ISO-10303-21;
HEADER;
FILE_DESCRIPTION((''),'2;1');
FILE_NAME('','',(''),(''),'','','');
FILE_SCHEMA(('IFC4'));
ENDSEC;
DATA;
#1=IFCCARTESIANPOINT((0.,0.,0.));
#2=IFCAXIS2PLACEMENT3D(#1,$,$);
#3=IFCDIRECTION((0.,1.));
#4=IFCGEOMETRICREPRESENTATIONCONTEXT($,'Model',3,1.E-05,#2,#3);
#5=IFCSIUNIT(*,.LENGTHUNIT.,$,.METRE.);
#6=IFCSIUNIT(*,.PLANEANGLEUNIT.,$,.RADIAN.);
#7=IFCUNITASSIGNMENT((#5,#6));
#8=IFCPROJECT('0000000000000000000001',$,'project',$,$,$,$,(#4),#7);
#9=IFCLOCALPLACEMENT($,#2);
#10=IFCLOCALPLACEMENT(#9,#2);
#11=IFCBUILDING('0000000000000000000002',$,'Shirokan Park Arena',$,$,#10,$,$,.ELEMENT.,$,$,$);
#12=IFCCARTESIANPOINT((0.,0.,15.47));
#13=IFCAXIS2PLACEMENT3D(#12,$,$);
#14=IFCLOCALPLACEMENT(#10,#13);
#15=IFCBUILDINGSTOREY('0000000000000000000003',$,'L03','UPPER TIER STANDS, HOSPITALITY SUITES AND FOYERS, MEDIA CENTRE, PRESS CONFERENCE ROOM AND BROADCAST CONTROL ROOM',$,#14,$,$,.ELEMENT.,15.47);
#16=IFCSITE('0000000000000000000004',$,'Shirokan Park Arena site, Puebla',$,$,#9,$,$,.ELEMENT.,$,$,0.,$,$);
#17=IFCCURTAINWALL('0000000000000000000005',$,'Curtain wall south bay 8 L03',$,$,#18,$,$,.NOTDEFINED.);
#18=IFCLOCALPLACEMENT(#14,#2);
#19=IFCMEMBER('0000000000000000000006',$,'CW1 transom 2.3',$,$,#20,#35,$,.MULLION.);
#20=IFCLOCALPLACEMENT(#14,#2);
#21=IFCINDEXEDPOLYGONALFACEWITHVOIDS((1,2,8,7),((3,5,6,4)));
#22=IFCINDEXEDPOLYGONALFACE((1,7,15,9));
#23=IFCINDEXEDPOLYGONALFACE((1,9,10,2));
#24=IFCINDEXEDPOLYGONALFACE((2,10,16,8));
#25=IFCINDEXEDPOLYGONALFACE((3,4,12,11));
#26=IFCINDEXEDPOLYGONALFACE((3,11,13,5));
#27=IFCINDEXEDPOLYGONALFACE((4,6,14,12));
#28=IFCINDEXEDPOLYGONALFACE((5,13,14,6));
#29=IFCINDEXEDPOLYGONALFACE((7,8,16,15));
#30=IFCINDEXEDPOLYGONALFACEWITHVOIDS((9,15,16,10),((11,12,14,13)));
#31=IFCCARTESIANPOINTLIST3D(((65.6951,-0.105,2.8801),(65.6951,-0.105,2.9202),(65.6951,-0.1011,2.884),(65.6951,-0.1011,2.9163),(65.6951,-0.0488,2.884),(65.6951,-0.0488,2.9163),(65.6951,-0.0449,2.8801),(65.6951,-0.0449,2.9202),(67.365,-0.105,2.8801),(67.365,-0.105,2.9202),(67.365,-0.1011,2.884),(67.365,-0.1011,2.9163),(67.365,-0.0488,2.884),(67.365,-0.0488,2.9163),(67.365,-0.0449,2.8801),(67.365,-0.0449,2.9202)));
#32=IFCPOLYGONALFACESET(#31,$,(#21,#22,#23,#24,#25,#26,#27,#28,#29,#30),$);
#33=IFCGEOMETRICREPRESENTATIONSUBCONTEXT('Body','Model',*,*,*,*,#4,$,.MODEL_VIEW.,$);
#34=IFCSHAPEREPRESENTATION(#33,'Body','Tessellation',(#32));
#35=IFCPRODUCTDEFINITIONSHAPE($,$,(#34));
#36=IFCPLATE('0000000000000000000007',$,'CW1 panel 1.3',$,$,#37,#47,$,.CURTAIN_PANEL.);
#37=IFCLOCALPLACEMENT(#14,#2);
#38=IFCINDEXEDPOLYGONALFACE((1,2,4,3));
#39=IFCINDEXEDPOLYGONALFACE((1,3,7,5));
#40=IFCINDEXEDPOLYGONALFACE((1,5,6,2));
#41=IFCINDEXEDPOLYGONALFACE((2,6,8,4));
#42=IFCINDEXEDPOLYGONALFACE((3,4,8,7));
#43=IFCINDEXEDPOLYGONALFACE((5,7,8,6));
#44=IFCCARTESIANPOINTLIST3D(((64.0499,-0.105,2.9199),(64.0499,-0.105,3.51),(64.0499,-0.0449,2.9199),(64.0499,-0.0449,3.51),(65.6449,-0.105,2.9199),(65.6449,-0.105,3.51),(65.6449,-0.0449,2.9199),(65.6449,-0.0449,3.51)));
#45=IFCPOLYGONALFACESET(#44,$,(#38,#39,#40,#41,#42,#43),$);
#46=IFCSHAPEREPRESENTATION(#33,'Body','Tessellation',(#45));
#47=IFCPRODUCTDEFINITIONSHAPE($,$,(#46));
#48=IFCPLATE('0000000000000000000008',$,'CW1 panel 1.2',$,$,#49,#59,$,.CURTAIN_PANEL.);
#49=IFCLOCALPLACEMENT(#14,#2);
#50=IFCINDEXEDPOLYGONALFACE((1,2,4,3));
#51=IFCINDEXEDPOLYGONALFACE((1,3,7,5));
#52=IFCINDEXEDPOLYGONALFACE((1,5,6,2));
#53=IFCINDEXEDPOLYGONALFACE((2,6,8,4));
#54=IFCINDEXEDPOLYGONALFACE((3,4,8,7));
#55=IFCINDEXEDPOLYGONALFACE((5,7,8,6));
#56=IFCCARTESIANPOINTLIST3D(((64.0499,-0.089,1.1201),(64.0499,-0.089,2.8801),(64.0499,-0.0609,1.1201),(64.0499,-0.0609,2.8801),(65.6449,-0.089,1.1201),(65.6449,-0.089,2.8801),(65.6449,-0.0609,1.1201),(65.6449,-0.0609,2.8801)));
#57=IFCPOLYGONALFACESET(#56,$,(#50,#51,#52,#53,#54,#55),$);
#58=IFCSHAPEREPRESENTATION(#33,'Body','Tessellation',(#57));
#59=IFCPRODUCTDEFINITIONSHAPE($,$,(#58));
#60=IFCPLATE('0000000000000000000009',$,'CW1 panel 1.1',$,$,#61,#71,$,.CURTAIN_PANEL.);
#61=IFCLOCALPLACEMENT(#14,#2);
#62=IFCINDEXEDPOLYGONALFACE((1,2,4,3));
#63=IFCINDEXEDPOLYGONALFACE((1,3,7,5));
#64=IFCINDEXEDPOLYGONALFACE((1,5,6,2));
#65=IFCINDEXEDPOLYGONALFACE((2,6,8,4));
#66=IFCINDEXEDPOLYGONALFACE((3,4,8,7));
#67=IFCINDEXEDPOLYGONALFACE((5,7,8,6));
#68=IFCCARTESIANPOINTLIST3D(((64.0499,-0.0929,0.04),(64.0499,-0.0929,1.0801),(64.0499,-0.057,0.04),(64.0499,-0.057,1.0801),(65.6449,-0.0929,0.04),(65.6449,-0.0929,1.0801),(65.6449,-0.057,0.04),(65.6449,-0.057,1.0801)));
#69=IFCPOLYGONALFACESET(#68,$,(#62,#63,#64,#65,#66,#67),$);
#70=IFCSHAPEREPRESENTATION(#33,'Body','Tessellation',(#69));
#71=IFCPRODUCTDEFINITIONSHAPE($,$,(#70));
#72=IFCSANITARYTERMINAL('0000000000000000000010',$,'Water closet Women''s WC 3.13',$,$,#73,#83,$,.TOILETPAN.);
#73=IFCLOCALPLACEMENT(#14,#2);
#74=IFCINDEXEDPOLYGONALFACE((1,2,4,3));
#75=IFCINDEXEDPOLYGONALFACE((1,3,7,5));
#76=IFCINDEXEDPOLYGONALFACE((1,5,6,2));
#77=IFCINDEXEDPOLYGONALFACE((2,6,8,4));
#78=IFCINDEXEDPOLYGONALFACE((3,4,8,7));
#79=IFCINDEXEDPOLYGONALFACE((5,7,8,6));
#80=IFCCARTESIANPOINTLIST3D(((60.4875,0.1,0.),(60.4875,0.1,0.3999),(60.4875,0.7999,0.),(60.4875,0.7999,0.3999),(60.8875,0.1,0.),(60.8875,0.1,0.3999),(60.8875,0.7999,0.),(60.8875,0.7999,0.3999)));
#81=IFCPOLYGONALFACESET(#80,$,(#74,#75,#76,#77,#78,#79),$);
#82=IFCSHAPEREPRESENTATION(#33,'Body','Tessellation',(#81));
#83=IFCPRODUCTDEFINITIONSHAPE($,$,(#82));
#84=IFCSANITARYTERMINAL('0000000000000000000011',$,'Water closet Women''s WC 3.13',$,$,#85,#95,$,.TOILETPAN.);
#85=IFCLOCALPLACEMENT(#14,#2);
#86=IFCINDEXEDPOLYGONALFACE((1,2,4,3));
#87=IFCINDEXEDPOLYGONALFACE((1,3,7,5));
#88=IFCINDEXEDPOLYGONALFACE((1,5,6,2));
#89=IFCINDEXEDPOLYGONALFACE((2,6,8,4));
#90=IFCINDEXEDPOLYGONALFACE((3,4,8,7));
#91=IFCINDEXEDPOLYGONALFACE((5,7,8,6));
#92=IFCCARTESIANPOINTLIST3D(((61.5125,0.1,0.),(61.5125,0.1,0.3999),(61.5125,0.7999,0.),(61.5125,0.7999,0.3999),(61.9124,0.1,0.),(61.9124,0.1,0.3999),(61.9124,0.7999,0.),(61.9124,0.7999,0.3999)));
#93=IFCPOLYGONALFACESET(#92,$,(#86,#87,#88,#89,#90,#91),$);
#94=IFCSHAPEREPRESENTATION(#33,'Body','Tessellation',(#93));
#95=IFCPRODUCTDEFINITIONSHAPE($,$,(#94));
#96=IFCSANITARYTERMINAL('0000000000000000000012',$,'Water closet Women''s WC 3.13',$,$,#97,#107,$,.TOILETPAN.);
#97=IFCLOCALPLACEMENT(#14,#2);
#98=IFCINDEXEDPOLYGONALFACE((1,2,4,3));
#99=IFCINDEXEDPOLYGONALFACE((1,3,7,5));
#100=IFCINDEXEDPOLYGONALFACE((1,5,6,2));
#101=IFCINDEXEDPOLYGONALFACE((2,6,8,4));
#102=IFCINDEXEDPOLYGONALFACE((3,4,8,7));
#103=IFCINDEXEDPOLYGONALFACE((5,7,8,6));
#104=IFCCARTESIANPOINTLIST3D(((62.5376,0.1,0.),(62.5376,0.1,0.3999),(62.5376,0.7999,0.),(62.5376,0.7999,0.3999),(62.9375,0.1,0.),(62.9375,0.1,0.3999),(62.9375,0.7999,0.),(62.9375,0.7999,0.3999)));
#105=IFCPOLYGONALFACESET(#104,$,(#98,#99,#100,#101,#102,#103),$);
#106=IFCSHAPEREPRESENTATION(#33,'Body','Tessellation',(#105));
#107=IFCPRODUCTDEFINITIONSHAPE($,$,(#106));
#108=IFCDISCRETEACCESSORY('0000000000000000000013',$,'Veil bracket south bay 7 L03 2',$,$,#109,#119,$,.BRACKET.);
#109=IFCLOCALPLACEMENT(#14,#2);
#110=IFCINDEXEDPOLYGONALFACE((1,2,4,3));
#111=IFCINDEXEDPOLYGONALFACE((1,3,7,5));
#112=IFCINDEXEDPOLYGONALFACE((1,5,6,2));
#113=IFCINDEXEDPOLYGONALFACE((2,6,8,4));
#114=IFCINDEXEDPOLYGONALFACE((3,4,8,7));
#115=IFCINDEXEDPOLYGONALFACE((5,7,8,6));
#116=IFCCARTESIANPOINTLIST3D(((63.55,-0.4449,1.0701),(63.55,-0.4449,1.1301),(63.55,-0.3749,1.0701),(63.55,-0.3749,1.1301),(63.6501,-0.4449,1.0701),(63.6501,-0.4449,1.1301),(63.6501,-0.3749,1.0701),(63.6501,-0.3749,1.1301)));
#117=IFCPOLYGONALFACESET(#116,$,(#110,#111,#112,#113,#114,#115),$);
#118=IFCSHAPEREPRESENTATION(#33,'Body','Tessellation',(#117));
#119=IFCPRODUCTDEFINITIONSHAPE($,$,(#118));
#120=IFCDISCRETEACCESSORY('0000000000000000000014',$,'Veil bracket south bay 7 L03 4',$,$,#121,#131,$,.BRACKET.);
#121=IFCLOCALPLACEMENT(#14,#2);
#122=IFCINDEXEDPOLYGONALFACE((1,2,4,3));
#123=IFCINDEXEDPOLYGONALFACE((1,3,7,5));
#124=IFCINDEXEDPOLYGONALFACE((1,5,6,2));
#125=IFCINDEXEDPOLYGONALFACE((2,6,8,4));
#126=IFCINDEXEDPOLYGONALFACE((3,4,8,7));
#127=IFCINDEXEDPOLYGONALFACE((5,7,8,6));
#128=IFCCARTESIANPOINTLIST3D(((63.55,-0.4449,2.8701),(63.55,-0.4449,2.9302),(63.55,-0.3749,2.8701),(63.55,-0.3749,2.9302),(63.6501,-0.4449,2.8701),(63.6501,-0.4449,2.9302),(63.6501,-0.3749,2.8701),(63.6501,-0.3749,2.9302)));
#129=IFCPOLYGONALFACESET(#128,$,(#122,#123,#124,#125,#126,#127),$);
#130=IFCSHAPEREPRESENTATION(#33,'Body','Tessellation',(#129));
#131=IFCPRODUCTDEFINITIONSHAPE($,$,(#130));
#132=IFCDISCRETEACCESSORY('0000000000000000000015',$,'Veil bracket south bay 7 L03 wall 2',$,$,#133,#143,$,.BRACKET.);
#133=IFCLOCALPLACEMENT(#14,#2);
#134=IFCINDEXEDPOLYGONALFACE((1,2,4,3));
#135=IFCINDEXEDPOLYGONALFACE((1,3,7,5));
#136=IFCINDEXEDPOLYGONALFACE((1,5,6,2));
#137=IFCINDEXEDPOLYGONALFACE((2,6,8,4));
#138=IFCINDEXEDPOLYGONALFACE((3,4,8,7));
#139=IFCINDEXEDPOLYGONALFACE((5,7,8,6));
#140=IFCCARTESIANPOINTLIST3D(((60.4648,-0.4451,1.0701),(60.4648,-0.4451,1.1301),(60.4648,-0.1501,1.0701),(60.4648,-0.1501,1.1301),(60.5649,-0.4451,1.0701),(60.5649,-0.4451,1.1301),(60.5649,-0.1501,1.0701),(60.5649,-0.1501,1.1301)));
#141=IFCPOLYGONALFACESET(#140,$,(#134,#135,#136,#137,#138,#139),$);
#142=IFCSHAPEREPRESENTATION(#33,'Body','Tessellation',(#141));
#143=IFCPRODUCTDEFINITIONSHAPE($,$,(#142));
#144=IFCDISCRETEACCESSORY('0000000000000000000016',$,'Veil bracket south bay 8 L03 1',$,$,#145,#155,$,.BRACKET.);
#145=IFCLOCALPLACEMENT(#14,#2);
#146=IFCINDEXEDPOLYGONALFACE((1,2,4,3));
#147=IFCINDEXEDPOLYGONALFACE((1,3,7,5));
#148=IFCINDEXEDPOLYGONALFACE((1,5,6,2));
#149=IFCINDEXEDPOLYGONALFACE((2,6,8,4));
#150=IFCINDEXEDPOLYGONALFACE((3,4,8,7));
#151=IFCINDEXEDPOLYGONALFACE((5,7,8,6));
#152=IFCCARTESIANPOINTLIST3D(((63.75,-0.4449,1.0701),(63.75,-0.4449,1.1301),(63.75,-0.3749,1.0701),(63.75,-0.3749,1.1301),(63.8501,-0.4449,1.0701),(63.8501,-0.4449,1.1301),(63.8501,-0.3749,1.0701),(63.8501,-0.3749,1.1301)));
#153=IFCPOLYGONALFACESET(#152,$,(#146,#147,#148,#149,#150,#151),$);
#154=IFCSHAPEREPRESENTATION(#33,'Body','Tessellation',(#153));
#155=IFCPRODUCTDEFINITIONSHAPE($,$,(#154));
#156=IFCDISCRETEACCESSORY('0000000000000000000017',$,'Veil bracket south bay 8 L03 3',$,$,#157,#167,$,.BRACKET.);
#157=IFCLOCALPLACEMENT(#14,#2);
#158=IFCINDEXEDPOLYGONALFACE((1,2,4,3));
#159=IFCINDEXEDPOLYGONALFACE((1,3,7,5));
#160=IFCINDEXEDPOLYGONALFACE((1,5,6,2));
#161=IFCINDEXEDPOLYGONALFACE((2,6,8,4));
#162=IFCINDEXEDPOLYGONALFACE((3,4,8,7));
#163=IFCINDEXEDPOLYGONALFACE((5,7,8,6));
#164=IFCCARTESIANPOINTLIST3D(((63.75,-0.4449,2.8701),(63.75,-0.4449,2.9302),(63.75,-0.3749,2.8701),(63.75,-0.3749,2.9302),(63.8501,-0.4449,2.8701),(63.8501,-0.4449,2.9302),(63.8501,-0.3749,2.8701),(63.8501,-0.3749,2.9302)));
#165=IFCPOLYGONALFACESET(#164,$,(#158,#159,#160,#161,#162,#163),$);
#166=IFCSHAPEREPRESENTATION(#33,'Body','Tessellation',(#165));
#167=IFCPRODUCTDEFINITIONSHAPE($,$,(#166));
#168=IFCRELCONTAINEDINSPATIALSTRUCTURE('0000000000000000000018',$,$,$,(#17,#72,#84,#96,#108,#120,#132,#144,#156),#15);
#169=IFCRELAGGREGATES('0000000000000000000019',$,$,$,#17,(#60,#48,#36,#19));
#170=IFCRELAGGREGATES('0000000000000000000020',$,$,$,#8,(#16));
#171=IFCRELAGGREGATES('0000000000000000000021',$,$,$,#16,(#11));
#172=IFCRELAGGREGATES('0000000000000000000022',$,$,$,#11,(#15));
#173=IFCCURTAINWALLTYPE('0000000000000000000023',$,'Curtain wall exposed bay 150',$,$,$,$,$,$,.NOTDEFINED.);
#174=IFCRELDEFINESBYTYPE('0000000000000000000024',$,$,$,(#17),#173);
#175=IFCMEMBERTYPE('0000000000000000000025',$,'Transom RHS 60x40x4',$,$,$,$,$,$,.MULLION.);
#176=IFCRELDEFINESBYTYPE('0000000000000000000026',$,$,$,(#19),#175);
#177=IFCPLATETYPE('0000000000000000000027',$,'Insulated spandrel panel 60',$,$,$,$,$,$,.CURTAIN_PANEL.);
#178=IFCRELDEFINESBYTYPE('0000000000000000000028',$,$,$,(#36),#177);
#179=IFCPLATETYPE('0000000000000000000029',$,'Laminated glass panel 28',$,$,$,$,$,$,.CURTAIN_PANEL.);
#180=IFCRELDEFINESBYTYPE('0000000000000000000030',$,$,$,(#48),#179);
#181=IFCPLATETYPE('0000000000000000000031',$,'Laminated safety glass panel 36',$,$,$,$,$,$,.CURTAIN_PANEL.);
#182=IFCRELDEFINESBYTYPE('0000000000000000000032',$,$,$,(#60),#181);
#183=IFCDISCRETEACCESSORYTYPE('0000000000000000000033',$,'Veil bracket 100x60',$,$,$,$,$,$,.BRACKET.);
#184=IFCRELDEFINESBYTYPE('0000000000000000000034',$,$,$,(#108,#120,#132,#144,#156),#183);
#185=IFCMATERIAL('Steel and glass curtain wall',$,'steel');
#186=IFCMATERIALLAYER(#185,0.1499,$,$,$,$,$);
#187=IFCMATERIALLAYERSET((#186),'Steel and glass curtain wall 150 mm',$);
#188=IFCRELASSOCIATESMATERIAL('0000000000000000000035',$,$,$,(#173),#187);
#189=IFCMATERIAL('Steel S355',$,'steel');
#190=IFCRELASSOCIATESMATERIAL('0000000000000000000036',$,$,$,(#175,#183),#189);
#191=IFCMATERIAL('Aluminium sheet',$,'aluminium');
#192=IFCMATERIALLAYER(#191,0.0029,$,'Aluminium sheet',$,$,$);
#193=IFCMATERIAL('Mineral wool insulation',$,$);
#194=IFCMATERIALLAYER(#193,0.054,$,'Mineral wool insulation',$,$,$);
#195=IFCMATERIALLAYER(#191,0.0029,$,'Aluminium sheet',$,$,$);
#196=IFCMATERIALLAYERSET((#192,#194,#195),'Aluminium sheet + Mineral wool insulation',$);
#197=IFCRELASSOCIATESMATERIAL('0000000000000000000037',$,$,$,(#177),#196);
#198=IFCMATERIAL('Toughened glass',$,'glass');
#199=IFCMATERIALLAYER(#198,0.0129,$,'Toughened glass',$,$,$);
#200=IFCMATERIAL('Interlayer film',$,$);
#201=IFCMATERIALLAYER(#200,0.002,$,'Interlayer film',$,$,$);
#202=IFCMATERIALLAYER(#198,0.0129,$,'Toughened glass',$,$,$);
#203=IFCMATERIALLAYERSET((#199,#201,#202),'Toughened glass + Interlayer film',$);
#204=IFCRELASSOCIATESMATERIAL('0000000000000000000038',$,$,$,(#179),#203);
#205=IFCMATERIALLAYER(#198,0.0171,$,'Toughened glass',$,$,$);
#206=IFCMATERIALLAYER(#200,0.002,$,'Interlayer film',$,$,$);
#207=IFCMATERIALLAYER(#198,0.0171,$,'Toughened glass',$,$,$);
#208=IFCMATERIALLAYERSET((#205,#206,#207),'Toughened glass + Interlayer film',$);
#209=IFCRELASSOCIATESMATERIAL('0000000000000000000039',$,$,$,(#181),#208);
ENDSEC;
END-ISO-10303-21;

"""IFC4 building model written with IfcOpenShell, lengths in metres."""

from ifc_helpers import new_model, si_unit, direction, frame, origin, origin_2d, place, context, subcontext, project, spatial, rectangle, hollow_rectangle, extrude, material, layer, layer_set, material_profile, profile_set, type_object, element, aggregate, save


model = new_model("IFC4")

# Units and contexts
model_context = context("Model", 3, precision=1e-05, world=origin(), true_north=direction((0.0, 1.0)))
body_context = subcontext(model_context, "Body", "Model", "MODEL_VIEW")
ifc_project = project(units=[si_unit("LENGTHUNIT", "METRE"), si_unit("PLANEANGLEUNIT", "RADIAN")], contexts=[model_context])

# Site, building, storey
site_placement = place(None, origin())
site = spatial("IfcSite", under=ifc_project, at=site_placement, Name="Shirokan Park Arena site, Puebla", CompositionType="ELEMENT", RefElevation=0.0)
building_placement = place(site_placement, origin())
building = spatial("IfcBuilding", under=site, at=building_placement, Name="Shirokan Park Arena", CompositionType="ELEMENT")
storey_placement = place(building_placement, frame((0.0, 0.0, 15.47)))
storey = spatial("IfcBuildingStorey", under=building, at=storey_placement, Name="L03", Description="UPPER TIER STANDS, HOSPITALITY SUITES AND FOYERS, MEDIA CENTRE, PRESS CONFERENCE ROOM AND BROADCAST CONTROL ROOM", CompositionType="ELEMENT", Elevation=15.47)

# Curtain wall
ifc_material_1 = material(Name="Steel and glass curtain wall", Category="steel")
ifc_layer_1 = layer(ifc_material_1, 0.1499)
ifc_layer_set_1 = layer_set([ifc_layer_1], Name="Steel and glass curtain wall 150 mm")
curtain_wall_type = type_object("IfcCurtainWallType", Name="Curtain wall exposed bay 150", PredefinedType="NOTDEFINED", material=ifc_layer_set_1)
curtain_wall_placement = place(storey_placement, origin())
curtain_wall = element("IfcCurtainWall", 1, at=curtain_wall_placement, inside=storey, type_object=curtain_wall_type, Name="Curtain wall south bay 8 L03", PredefinedType="NOTDEFINED")
ifc_material_2 = material(Name="Steel S355", Category="steel")

# Member
ifc_material_profile_1 = material_profile(ifc_material_2, hollow_rectangle(XDim=0.0601, YDim=0.04, WallThickness=0.0039, at=origin_2d()), Name="RHS 60x40x4")
ifc_profile_set_1 = profile_set([ifc_material_profile_1], Name="Steel S355")
member_type_1 = type_object("IfcMemberType", Name="Transom RHS 60x40x4", PredefinedType="MULLION", material=ifc_profile_set_1)
member_1_placement = place(storey_placement, frame((65.6951, -0.075, 2.9001), z_axis=(1.0, 0.0, 0.0), x_axis=(0.0, 1.0, 0.0)))
member_1 = element("IfcMember", 2, at=member_1_placement, type_object=member_type_1, Name="CW1 transom 2.3", PredefinedType="MULLION", context=body_context, shape_type="SweptSolid", body=[
    extrude(hollow_rectangle(XDim=0.0601, YDim=0.04, WallThickness=0.0039, at=origin_2d()), origin(), (0.0, 0.0, 1.0), 1.6699),
])

# Plates
ifc_material_3 = material(Name="Aluminium sheet", Category="aluminium")
ifc_layer_2 = layer(ifc_material_3, 0.0029, Name="Aluminium sheet")
ifc_material_4 = material(Name="Mineral wool insulation")
ifc_layer_3 = layer(ifc_material_4, 0.054, Name="Mineral wool insulation")
ifc_layer_4 = layer(ifc_material_3, 0.0029, Name="Aluminium sheet")
ifc_layer_set_2 = layer_set([ifc_layer_2, ifc_layer_3, ifc_layer_4], Name="Aluminium sheet + Mineral wool insulation")
plate_type_1 = type_object("IfcPlateType", Name="Insulated spandrel panel 60", PredefinedType="CURTAIN_PANEL", material=ifc_layer_set_2)
plate_1_placement = place(storey_placement, frame((64.8474, -0.075, 2.9199), z_axis=(0.0, 0.0, 1.0), x_axis=(1.0, 0.0, 0.0)))
plate_1 = element("IfcPlate", 3, at=plate_1_placement, type_object=plate_type_1, Name="CW1 panel 1.3", PredefinedType="CURTAIN_PANEL", context=body_context, shape_type="SweptSolid", body=[
    extrude(rectangle(XDim=1.595, YDim=0.0601, at=origin_2d()), origin(), (0.0, 0.0, 1.0), 0.5901),
])
ifc_material_5 = material(Name="Toughened glass", Category="glass")
ifc_layer_5 = layer(ifc_material_5, 0.0129, Name="Toughened glass")
ifc_material_6 = material(Name="Interlayer film")
ifc_layer_6 = layer(ifc_material_6, 0.002, Name="Interlayer film")
ifc_layer_7 = layer(ifc_material_5, 0.0129, Name="Toughened glass")
ifc_layer_set_3 = layer_set([ifc_layer_5, ifc_layer_6, ifc_layer_7], Name="Toughened glass + Interlayer film")
plate_type_2 = type_object("IfcPlateType", Name="Laminated glass panel 28", PredefinedType="CURTAIN_PANEL", material=ifc_layer_set_3)
plate_2_placement = place(storey_placement, frame((64.8474, -0.075, 1.1201), z_axis=(0.0, 0.0, 1.0), x_axis=(1.0, 0.0, 0.0)))
plate_2 = element("IfcPlate", 4, at=plate_2_placement, type_object=plate_type_2, Name="CW1 panel 1.2", PredefinedType="CURTAIN_PANEL", context=body_context, shape_type="SweptSolid", body=[
    extrude(rectangle(XDim=1.595, YDim=0.0281, at=origin_2d()), origin(), (0.0, 0.0, 1.0), 1.76),
])
ifc_layer_8 = layer(ifc_material_5, 0.0171, Name="Toughened glass")
ifc_layer_9 = layer(ifc_material_6, 0.002, Name="Interlayer film")
ifc_layer_10 = layer(ifc_material_5, 0.0171, Name="Toughened glass")
ifc_layer_set_4 = layer_set([ifc_layer_8, ifc_layer_9, ifc_layer_10], Name="Toughened glass + Interlayer film")
plate_type_3 = type_object("IfcPlateType", Name="Laminated safety glass panel 36", PredefinedType="CURTAIN_PANEL", material=ifc_layer_set_4)
plate_3_placement = place(storey_placement, frame((64.8474, -0.075, 0.04), z_axis=(0.0, 0.0, 1.0), x_axis=(1.0, 0.0, 0.0)))
plate_3 = element("IfcPlate", 5, at=plate_3_placement, type_object=plate_type_3, Name="CW1 panel 1.1", PredefinedType="CURTAIN_PANEL", context=body_context, shape_type="SweptSolid", body=[
    extrude(rectangle(XDim=1.595, YDim=0.0359, at=origin_2d()), origin(), (0.0, 0.0, 1.0), 1.04),
])
aggregate(curtain_wall, [plate_3, plate_2, plate_1, member_1])

# Sanitary terminals
for number, where, z_axis, x_axis, name in (
    (6, (60.6875, 0.45, 0.0), (0.0, 0.0, 1.0), (1.0, 0.0, 0.0), "Water closet Women's WC 3.13"),
    (7, (61.7124, 0.45, 0.0), (0.0, 0.0, 1.0), (1.0, 0.0, 0.0), "Water closet Women's WC 3.13"),
    (8, (62.7375, 0.45, 0.0), (0.0, 0.0, 1.0), (1.0, 0.0, 0.0), "Water closet Women's WC 3.13"),
):
    element("IfcSanitaryTerminal", number, at=place(storey_placement, frame(where, z_axis=z_axis, x_axis=x_axis)), inside=storey, Name=name, PredefinedType="TOILETPAN", context=body_context, shape_type="SweptSolid", body=[
        extrude(rectangle(XDim=0.3999, YDim=0.7, at=origin_2d()), origin(), (0.0, 0.0, 1.0), 0.3999),
    ])

# Discrete accessories
discrete_accessory_type = type_object("IfcDiscreteAccessoryType", Name="Veil bracket 100x60", PredefinedType="BRACKET", material=ifc_material_2)
for number, where, z_axis, x_axis, name in (
    (9, (63.6001, -0.4099, 1.0701), (0.0, 0.0, 1.0), (1.0, 0.0, 0.0), "Veil bracket south bay 7 L03 2"),
    (10, (63.6001, -0.4099, 2.8701), (0.0, 0.0, 1.0), (1.0, 0.0, 0.0), "Veil bracket south bay 7 L03 4"),
):
    element("IfcDiscreteAccessory", number, at=place(storey_placement, frame(where, z_axis=z_axis, x_axis=x_axis)), inside=storey, type_object=discrete_accessory_type, Name=name, PredefinedType="BRACKET", context=body_context, shape_type="SweptSolid", body=[
        extrude(rectangle(XDim=0.1001, YDim=0.0701, at=origin_2d()), origin(), (0.0, 0.0, 1.0), 0.0601),
    ])
discrete_accessory_placement = place(storey_placement, frame((60.5149, -0.2976, 1.0701), z_axis=(0.0, 0.0, 1.0), x_axis=(1.0, 0.0, 0.0)))
element("IfcDiscreteAccessory", 11, at=discrete_accessory_placement, inside=storey, type_object=discrete_accessory_type, Name="Veil bracket south bay 7 L03 wall 2", PredefinedType="BRACKET", context=body_context, shape_type="SweptSolid", body=[
    extrude(rectangle(XDim=0.1001, YDim=0.2949, at=origin_2d()), origin(), (0.0, 0.0, 1.0), 0.0601),
])
for number, where, z_axis, x_axis, name in (
    (12, (63.8, -0.4099, 1.0701), (0.0, 0.0, 1.0), (1.0, 0.0, 0.0), "Veil bracket south bay 8 L03 1"),
    (13, (63.8, -0.4099, 2.8701), (0.0, 0.0, 1.0), (1.0, 0.0, 0.0), "Veil bracket south bay 8 L03 3"),
):
    element("IfcDiscreteAccessory", number, at=place(storey_placement, frame(where, z_axis=z_axis, x_axis=x_axis)), inside=storey, type_object=discrete_accessory_type, Name=name, PredefinedType="BRACKET", context=body_context, shape_type="SweptSolid", body=[
        extrude(rectangle(XDim=0.1001, YDim=0.0701, at=origin_2d()), origin(), (0.0, 0.0, 1.0), 0.0601),
    ])

save(model, "model.ifc")
